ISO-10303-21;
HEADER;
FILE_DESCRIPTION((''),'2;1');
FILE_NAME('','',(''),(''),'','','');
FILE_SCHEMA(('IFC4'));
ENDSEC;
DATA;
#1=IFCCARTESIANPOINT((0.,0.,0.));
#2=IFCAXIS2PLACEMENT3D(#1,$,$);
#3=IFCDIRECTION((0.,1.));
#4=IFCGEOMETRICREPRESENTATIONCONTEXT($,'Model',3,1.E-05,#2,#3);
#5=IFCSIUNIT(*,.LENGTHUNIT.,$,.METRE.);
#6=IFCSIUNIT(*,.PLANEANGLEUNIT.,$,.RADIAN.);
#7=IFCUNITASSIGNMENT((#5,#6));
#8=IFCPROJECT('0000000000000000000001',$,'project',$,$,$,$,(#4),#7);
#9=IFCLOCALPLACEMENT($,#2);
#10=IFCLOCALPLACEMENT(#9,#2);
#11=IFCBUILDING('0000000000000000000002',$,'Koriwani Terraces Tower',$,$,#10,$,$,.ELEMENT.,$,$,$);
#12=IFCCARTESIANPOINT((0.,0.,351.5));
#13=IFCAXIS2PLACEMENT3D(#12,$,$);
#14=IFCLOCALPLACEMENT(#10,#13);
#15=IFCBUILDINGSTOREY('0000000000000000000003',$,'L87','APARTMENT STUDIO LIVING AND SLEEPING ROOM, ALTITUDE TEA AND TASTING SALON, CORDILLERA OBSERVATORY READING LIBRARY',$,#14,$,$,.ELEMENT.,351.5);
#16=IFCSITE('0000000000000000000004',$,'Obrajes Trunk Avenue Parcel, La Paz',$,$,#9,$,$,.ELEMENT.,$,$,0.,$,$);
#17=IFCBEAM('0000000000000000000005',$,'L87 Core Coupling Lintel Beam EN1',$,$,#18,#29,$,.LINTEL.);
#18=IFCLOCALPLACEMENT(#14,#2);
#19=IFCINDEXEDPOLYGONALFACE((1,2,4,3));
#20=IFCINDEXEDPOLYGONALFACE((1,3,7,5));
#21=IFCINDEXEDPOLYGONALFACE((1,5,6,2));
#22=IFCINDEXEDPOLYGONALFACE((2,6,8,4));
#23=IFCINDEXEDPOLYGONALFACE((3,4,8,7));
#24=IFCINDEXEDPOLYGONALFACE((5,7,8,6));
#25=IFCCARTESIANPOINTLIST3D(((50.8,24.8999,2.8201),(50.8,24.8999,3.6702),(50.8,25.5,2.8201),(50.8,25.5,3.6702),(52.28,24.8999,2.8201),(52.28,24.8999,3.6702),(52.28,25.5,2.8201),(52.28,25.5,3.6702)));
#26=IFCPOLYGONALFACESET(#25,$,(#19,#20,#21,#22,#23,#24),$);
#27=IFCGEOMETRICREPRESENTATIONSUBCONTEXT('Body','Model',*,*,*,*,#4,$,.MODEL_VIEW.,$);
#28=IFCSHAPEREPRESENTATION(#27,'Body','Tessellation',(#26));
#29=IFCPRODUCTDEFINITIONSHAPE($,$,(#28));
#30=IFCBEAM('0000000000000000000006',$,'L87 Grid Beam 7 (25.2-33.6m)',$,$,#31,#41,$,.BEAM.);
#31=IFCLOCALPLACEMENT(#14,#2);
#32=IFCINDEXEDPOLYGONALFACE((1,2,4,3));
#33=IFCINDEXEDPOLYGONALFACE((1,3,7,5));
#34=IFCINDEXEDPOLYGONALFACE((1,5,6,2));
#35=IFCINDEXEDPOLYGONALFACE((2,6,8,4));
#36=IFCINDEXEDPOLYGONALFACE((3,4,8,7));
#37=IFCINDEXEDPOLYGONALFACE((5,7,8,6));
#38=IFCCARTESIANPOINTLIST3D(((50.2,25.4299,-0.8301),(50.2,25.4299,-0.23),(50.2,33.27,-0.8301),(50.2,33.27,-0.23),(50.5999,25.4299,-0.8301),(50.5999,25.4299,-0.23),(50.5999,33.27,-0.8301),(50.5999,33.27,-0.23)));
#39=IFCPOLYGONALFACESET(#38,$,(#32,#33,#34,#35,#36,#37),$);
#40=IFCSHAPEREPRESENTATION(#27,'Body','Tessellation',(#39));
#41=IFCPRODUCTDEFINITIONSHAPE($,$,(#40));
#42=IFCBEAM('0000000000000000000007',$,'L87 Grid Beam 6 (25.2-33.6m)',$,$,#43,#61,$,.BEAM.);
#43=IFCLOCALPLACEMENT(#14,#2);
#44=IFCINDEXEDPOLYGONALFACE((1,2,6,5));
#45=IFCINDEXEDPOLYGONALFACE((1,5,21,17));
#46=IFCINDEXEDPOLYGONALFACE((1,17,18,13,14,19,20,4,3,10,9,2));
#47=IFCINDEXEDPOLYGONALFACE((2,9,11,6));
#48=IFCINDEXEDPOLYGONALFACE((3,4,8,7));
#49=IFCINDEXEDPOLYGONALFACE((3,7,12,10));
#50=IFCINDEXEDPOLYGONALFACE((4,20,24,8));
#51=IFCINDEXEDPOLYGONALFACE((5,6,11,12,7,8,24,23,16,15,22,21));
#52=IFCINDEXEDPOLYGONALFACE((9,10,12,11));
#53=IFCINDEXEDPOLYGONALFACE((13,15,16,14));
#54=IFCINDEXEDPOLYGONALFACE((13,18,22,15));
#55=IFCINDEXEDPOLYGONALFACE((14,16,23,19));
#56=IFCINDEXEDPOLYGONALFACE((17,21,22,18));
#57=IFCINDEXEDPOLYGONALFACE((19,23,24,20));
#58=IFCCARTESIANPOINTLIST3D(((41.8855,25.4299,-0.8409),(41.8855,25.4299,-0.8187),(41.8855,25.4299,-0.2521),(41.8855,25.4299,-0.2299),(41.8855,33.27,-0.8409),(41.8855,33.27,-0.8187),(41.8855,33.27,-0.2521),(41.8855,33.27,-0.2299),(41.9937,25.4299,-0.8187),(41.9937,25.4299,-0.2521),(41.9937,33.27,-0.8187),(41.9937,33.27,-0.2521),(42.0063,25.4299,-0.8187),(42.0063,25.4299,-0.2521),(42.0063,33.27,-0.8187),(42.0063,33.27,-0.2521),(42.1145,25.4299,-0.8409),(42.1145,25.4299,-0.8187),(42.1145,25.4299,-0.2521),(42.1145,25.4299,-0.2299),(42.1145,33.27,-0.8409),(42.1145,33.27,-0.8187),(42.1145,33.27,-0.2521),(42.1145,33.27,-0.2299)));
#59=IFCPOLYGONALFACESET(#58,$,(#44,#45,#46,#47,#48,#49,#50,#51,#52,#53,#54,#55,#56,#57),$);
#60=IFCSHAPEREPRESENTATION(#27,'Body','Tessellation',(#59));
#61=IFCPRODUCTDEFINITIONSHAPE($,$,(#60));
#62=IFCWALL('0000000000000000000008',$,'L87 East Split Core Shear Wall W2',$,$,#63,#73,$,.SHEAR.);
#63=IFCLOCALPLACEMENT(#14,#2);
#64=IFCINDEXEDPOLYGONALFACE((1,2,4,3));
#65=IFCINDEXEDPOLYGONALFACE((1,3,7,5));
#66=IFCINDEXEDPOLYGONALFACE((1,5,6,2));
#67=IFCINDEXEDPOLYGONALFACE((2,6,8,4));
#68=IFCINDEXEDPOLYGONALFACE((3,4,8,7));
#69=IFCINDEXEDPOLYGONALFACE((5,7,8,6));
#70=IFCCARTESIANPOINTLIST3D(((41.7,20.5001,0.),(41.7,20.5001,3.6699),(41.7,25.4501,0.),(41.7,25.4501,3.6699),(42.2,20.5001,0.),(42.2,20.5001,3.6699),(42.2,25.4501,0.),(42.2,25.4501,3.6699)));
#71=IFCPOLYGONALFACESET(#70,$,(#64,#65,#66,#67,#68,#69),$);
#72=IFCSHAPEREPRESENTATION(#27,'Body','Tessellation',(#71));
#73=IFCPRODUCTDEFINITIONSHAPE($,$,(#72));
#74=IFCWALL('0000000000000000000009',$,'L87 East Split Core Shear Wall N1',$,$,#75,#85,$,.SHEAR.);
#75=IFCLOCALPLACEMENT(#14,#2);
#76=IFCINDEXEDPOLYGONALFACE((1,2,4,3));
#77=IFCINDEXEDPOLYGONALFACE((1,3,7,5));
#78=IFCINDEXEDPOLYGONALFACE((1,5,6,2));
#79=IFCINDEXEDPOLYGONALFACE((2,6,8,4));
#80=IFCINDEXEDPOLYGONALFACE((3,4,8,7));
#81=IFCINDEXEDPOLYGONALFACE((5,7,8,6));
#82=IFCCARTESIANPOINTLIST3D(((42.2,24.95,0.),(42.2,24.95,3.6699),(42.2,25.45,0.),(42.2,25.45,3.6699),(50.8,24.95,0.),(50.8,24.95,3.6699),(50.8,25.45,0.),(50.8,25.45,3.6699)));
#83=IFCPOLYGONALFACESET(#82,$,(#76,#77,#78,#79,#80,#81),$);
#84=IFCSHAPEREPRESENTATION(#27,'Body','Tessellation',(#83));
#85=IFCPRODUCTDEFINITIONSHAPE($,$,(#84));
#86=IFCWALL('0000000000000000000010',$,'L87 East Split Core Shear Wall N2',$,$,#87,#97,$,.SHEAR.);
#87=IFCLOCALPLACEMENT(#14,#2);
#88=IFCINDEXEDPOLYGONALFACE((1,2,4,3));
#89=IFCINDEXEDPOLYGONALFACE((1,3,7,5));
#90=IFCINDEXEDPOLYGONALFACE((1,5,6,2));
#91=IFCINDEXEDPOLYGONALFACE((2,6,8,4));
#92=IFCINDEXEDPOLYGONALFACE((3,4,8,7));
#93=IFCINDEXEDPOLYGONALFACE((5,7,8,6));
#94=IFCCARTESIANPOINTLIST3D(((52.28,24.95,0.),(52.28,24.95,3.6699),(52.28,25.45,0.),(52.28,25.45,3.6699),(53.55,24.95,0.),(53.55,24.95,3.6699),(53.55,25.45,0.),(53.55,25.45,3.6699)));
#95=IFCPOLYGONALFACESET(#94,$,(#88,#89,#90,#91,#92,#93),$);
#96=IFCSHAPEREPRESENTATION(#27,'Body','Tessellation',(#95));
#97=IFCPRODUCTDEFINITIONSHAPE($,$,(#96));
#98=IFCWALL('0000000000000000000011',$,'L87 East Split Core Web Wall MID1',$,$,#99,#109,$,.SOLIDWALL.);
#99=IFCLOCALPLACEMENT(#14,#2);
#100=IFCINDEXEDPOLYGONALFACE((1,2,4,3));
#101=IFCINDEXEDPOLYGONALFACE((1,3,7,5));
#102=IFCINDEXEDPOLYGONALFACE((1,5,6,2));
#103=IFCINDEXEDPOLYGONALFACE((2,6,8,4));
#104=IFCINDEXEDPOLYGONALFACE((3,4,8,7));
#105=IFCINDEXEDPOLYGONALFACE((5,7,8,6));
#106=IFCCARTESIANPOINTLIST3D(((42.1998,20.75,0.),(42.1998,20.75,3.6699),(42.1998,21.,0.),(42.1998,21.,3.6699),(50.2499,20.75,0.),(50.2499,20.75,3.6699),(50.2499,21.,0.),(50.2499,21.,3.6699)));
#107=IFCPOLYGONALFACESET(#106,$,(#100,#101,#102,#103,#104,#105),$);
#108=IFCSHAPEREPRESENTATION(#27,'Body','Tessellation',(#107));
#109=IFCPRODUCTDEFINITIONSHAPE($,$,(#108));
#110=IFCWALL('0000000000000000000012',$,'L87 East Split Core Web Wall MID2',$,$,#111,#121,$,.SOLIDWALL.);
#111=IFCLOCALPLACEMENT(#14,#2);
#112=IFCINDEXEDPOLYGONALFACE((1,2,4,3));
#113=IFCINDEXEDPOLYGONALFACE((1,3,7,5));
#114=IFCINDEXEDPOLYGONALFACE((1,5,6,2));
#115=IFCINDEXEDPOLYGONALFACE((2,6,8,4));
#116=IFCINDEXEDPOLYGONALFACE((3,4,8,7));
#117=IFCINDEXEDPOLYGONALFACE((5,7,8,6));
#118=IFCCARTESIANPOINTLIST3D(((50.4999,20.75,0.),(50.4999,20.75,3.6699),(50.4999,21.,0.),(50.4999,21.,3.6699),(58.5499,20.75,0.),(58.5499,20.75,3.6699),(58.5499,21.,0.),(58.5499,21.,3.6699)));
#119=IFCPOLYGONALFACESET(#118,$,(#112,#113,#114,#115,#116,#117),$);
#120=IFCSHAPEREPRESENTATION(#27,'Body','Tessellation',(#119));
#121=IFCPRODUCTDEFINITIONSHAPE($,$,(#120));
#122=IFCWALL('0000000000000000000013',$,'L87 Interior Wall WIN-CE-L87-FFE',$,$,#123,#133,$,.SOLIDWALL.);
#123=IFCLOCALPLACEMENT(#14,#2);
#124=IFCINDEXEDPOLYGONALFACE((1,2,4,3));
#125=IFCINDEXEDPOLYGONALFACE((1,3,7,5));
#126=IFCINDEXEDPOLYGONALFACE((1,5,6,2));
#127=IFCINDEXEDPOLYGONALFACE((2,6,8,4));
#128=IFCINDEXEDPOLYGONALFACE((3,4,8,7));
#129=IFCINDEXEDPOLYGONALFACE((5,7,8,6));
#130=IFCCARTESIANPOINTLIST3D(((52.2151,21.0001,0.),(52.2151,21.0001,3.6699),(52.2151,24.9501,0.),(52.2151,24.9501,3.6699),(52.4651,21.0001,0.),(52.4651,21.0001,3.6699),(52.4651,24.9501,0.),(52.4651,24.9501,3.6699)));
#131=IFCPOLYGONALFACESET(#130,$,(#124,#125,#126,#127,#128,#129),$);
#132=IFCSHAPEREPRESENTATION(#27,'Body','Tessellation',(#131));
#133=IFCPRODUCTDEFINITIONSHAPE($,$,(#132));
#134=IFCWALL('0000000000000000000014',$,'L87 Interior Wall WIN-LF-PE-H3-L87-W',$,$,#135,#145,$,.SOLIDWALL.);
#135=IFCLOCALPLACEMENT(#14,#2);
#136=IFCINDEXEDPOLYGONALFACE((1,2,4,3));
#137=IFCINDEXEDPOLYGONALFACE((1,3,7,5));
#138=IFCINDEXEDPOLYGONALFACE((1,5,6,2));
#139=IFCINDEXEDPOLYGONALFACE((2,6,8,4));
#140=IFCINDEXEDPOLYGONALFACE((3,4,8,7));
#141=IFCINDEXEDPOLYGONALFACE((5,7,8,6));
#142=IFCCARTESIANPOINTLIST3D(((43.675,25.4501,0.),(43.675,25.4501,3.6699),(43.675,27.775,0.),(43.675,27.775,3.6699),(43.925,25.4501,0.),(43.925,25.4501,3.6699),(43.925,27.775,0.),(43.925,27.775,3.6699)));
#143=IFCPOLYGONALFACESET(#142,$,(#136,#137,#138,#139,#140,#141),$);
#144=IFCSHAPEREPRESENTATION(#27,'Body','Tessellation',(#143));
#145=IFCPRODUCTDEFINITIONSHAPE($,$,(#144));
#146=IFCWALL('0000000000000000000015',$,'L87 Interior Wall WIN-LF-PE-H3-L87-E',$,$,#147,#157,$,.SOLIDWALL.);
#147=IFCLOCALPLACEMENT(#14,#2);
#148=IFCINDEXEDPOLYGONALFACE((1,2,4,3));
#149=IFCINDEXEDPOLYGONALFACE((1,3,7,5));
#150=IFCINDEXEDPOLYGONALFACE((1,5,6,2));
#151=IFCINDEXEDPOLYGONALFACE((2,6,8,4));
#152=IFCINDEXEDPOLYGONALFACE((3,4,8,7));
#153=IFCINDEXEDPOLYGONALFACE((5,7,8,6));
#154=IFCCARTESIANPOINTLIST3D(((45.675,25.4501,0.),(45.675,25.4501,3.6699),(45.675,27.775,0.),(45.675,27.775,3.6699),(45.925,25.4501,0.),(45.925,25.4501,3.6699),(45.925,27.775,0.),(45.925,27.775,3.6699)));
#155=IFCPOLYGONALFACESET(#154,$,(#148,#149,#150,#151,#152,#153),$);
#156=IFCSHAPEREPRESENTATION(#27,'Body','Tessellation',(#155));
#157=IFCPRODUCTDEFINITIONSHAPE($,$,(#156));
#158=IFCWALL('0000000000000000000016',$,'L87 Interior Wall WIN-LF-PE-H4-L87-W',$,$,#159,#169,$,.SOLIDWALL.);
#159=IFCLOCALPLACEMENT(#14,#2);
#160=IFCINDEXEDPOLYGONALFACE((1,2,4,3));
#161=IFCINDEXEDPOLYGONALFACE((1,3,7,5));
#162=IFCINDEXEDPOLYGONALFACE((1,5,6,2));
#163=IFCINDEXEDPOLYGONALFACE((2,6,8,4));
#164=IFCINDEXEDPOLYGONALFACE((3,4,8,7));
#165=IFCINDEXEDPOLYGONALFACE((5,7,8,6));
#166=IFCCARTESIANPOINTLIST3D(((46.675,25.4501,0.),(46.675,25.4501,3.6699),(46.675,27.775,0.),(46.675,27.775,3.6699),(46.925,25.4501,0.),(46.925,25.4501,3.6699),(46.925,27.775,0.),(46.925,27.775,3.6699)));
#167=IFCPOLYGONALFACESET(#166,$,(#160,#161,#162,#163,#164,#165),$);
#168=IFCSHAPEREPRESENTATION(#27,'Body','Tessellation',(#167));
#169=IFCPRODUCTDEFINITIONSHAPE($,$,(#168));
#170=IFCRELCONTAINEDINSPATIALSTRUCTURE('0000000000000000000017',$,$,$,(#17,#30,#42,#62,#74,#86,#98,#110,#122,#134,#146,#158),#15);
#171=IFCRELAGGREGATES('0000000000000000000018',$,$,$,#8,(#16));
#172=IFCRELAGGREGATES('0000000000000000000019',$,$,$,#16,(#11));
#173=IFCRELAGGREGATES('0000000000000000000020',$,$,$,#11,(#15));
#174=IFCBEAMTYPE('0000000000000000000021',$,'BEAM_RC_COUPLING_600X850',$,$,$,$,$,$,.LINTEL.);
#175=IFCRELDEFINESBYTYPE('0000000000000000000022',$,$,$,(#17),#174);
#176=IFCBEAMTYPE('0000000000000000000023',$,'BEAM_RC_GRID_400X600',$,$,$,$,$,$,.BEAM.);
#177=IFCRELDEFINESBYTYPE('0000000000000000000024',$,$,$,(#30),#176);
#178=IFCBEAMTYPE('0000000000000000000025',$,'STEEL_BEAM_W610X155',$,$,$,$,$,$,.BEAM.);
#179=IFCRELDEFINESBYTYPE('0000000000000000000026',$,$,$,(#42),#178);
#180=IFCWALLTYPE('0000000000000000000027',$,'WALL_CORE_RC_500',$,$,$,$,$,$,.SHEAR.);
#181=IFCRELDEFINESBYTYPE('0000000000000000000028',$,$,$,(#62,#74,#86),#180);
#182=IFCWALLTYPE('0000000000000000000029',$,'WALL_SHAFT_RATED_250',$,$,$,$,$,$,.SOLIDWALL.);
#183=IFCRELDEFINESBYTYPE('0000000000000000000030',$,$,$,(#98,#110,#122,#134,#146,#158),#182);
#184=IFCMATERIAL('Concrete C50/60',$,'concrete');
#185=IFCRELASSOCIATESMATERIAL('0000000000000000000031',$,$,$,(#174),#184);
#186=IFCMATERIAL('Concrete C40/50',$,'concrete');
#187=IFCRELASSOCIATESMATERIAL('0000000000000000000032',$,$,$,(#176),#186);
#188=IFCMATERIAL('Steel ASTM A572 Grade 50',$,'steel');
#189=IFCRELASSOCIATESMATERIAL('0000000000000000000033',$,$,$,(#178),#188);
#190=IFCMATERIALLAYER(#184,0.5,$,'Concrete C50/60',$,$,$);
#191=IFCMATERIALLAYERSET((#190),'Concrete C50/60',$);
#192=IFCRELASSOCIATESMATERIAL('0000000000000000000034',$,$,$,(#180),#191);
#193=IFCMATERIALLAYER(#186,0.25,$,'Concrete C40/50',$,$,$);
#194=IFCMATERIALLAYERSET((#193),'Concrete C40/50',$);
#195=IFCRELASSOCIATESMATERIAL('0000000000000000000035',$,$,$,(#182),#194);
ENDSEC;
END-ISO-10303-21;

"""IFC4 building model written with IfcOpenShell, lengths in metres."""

from ifc_helpers import new_model, si_unit, direction, frame, frame_2d, origin, origin_2d, place, context, subcontext, project, spatial, rectangle, i_section, extrude, material, layer, layer_set, material_profile, profile_set, type_object, element, save


model = new_model("IFC4")

# Units and contexts
model_context = context("Model", 3, precision=1e-05, world=origin(), true_north=direction((0.0, 1.0)))
body_context = subcontext(model_context, "Body", "Model", "MODEL_VIEW")
ifc_project = project(units=[si_unit("LENGTHUNIT", "METRE"), si_unit("PLANEANGLEUNIT", "RADIAN")], contexts=[model_context])

# Site, building, storey
site_placement = place(None, origin())
site = spatial("IfcSite", under=ifc_project, at=site_placement, Name="Obrajes Trunk Avenue Parcel, La Paz", CompositionType="ELEMENT", RefElevation=0.0)
building_placement = place(site_placement, origin())
building = spatial("IfcBuilding", under=site, at=building_placement, Name="Koriwani Terraces Tower", CompositionType="ELEMENT")
storey_placement = place(building_placement, frame((0.0, 0.0, 351.5)))
storey = spatial("IfcBuildingStorey", under=building, at=storey_placement, Name="L87", Description="APARTMENT STUDIO LIVING AND SLEEPING ROOM, ALTITUDE TEA AND TASTING SALON, CORDILLERA OBSERVATORY READING LIBRARY", CompositionType="ELEMENT", Elevation=351.5)

# Beams
ifc_material_1 = material(Name="Concrete C50/60", Category="concrete")
ifc_material_profile_1 = material_profile(ifc_material_1, rectangle(XDim=0.6001, YDim=0.8501, at=origin_2d()), Name="Concrete C50/60", Category="LoadBearing")
ifc_profile_set_1 = profile_set([ifc_material_profile_1], Name="Concrete C50/60")
beam_type_1 = type_object("IfcBeamType", Name="BEAM_RC_COUPLING_600X850", PredefinedType="LINTEL", material=ifc_profile_set_1)
beam_1_placement = place(storey_placement, frame((50.8, 25.2, 3.2451), z_axis=(1.0, 0.0, 0.0), x_axis=(0.0, 1.0, 0.0)))
element("IfcBeam", 1, at=beam_1_placement, inside=storey, type_object=beam_type_1, Name="L87 Core Coupling Lintel Beam EN1", PredefinedType="LINTEL", context=body_context, shape_type="SweptSolid", body=[
    extrude(rectangle(XDim=0.6001, YDim=0.8501, at=origin_2d()), origin(), (0.0, 0.0, 1.0), 1.48),
])
ifc_material_2 = material(Name="Concrete C40/50", Category="concrete")
ifc_material_profile_2 = material_profile(ifc_material_2, rectangle(XDim=0.3999, YDim=0.6001, at=origin_2d()), Name="Concrete C40/50", Category="LoadBearing")
ifc_profile_set_2 = profile_set([ifc_material_profile_2], Name="Concrete C40/50")
beam_type_2 = type_object("IfcBeamType", Name="BEAM_RC_GRID_400X600", PredefinedType="BEAM", material=ifc_profile_set_2)
beam_2_placement = place(storey_placement, frame((50.3999, 25.4299, -0.53), z_axis=(0.0, 1.0, 0.0), x_axis=(-1.0, 0.0, 0.0)))
element("IfcBeam", 2, at=beam_2_placement, inside=storey, type_object=beam_type_2, Name="L87 Grid Beam 7 (25.2-33.6m)", PredefinedType="BEAM", context=body_context, shape_type="SweptSolid", body=[
    extrude(rectangle(XDim=0.3999, YDim=0.6001, at=origin_2d()), origin(), (0.0, 0.0, 1.0), 7.8401),
])
ifc_material_3 = material(Name="Steel ASTM A572 Grade 50", Category="steel")
ifc_material_profile_3 = material_profile(ifc_material_3, i_section(OverallWidth=0.229, OverallDepth=0.6111, WebThickness=0.0127, FlangeThickness=0.0222, at=origin_2d()), Name="Steel ASTM A572 Grade 50", Category="LoadBearing")
ifc_profile_set_3 = profile_set([ifc_material_profile_3], Name="Steel ASTM A572 Grade 50")
beam_type_3 = type_object("IfcBeamType", Name="STEEL_BEAM_W610X155", PredefinedType="BEAM", material=ifc_profile_set_3)
beam_3_placement = place(storey_placement, frame((42.0, 25.4299, -0.5354), z_axis=(0.0, 1.0, 0.0), x_axis=(-1.0, 0.0, 0.0)))
element("IfcBeam", 3, at=beam_3_placement, inside=storey, type_object=beam_type_3, Name="L87 Grid Beam 6 (25.2-33.6m)", PredefinedType="BEAM", context=body_context, shape_type="SweptSolid", body=[
    extrude(i_section(OverallWidth=0.229, OverallDepth=0.6111, WebThickness=0.0127, FlangeThickness=0.0222, at=origin_2d()), origin(), (0.0, 0.0, 1.0), 7.8401),
])

# Walls
ifc_layer_1 = layer(ifc_material_1, 0.5, Name="Concrete C50/60")
ifc_layer_set_1 = layer_set([ifc_layer_1], Name="Concrete C50/60")
wall_type_1 = type_object("IfcWallType", Name="WALL_CORE_RC_500", PredefinedType="SHEAR", material=ifc_layer_set_1)
wall_1_placement = place(storey_placement, frame((41.95, 20.5, 0.0), z_axis=(0.0, 0.0, 1.0), x_axis=(0.0, 1.0, 0.0)))
element("IfcWall", 4, at=wall_1_placement, inside=storey, type_object=wall_type_1, Name="L87 East Split Core Shear Wall W2", PredefinedType="SHEAR", context=body_context, shape_type="SweptSolid", body=[
    extrude(rectangle(XDim=4.95, YDim=0.5, at=frame_2d((2.4751, 0.0))), origin(), (0.0, 0.0, 1.0), 3.6699),
])
wall_2_placement = place(storey_placement, frame((42.2, 25.2, 0.0), z_axis=(0.0, 0.0, 1.0), x_axis=(1.0, 0.0, 0.0)))
element("IfcWall", 5, at=wall_2_placement, inside=storey, type_object=wall_type_1, Name="L87 East Split Core Shear Wall N1", PredefinedType="SHEAR", context=body_context, shape_type="SweptSolid", body=[
    extrude(rectangle(XDim=8.6001, YDim=0.5, at=frame_2d((4.3, 0.0))), origin(), (0.0, 0.0, 1.0), 3.6699),
])
wall_3_placement = place(storey_placement, frame((52.28, 25.2, 0.0), z_axis=(0.0, 0.0, 1.0), x_axis=(1.0, 0.0, 0.0)))
element("IfcWall", 6, at=wall_3_placement, inside=storey, type_object=wall_type_1, Name="L87 East Split Core Shear Wall N2", PredefinedType="SHEAR", context=body_context, shape_type="SweptSolid", body=[
    extrude(rectangle(XDim=1.27, YDim=0.5, at=frame_2d((0.635, 0.0))), origin(), (0.0, 0.0, 1.0), 3.6699),
])
ifc_layer_2 = layer(ifc_material_2, 0.25, Name="Concrete C40/50")
ifc_layer_set_2 = layer_set([ifc_layer_2], Name="Concrete C40/50")
wall_type_2 = type_object("IfcWallType", Name="WALL_SHAFT_RATED_250", PredefinedType="SOLIDWALL", material=ifc_layer_set_2)
for number, where, z_axis, x_axis, name in (
    (7, (42.2, 20.875, 0.0), (0.0, 0.0, 1.0), (1.0, 0.0, 0.0), "L87 East Split Core Web Wall MID1"),
    (8, (50.5, 20.875, 0.0), (0.0, 0.0, 1.0), (1.0, 0.0, 0.0), "L87 East Split Core Web Wall MID2"),
):
    element("IfcWall", number, at=place(storey_placement, frame(where, z_axis=z_axis, x_axis=x_axis)), inside=storey, type_object=wall_type_2, Name=name, PredefinedType="SOLIDWALL", context=body_context, shape_type="SweptSolid", body=[
        extrude(rectangle(XDim=8.05, YDim=0.25, at=frame_2d((4.0249, 0.0))), origin(), (0.0, 0.0, 1.0), 3.6699),
    ])

# Walls
wall_4_placement = place(storey_placement, frame((52.3401, 21.0, 0.0), z_axis=(0.0, 0.0, 1.0), x_axis=(0.0, 1.0, 0.0)))
element("IfcWall", 9, at=wall_4_placement, inside=storey, type_object=wall_type_2, Name="L87 Interior Wall WIN-CE-L87-FFE", PredefinedType="SOLIDWALL", context=body_context, shape_type="SweptSolid", body=[
    extrude(rectangle(XDim=3.95, YDim=0.25, at=frame_2d((1.9751, 0.0))), origin(), (0.0, 0.0, 1.0), 3.6699),
])
for number, where, z_axis, x_axis, name in (
    (10, (43.8, 25.45, 0.0), (0.0, 0.0, 1.0), (0.0, 1.0, 0.0), "L87 Interior Wall WIN-LF-PE-H3-L87-W"),
    (11, (45.8, 25.45, 0.0), (0.0, 0.0, 1.0), (0.0, 1.0, 0.0), "L87 Interior Wall WIN-LF-PE-H3-L87-E"),
    (12, (46.8, 25.45, 0.0), (0.0, 0.0, 1.0), (0.0, 1.0, 0.0), "L87 Interior Wall WIN-LF-PE-H4-L87-W"),
):
    element("IfcWall", number, at=place(storey_placement, frame(where, z_axis=z_axis, x_axis=x_axis)), inside=storey, type_object=wall_type_2, Name=name, PredefinedType="SOLIDWALL", context=body_context, shape_type="SweptSolid", body=[
        extrude(rectangle(XDim=2.325, YDim=0.25, at=frame_2d((1.1626, 0.0))), origin(), (0.0, 0.0, 1.0), 3.6699),
    ])

save(model, "model.ifc")
